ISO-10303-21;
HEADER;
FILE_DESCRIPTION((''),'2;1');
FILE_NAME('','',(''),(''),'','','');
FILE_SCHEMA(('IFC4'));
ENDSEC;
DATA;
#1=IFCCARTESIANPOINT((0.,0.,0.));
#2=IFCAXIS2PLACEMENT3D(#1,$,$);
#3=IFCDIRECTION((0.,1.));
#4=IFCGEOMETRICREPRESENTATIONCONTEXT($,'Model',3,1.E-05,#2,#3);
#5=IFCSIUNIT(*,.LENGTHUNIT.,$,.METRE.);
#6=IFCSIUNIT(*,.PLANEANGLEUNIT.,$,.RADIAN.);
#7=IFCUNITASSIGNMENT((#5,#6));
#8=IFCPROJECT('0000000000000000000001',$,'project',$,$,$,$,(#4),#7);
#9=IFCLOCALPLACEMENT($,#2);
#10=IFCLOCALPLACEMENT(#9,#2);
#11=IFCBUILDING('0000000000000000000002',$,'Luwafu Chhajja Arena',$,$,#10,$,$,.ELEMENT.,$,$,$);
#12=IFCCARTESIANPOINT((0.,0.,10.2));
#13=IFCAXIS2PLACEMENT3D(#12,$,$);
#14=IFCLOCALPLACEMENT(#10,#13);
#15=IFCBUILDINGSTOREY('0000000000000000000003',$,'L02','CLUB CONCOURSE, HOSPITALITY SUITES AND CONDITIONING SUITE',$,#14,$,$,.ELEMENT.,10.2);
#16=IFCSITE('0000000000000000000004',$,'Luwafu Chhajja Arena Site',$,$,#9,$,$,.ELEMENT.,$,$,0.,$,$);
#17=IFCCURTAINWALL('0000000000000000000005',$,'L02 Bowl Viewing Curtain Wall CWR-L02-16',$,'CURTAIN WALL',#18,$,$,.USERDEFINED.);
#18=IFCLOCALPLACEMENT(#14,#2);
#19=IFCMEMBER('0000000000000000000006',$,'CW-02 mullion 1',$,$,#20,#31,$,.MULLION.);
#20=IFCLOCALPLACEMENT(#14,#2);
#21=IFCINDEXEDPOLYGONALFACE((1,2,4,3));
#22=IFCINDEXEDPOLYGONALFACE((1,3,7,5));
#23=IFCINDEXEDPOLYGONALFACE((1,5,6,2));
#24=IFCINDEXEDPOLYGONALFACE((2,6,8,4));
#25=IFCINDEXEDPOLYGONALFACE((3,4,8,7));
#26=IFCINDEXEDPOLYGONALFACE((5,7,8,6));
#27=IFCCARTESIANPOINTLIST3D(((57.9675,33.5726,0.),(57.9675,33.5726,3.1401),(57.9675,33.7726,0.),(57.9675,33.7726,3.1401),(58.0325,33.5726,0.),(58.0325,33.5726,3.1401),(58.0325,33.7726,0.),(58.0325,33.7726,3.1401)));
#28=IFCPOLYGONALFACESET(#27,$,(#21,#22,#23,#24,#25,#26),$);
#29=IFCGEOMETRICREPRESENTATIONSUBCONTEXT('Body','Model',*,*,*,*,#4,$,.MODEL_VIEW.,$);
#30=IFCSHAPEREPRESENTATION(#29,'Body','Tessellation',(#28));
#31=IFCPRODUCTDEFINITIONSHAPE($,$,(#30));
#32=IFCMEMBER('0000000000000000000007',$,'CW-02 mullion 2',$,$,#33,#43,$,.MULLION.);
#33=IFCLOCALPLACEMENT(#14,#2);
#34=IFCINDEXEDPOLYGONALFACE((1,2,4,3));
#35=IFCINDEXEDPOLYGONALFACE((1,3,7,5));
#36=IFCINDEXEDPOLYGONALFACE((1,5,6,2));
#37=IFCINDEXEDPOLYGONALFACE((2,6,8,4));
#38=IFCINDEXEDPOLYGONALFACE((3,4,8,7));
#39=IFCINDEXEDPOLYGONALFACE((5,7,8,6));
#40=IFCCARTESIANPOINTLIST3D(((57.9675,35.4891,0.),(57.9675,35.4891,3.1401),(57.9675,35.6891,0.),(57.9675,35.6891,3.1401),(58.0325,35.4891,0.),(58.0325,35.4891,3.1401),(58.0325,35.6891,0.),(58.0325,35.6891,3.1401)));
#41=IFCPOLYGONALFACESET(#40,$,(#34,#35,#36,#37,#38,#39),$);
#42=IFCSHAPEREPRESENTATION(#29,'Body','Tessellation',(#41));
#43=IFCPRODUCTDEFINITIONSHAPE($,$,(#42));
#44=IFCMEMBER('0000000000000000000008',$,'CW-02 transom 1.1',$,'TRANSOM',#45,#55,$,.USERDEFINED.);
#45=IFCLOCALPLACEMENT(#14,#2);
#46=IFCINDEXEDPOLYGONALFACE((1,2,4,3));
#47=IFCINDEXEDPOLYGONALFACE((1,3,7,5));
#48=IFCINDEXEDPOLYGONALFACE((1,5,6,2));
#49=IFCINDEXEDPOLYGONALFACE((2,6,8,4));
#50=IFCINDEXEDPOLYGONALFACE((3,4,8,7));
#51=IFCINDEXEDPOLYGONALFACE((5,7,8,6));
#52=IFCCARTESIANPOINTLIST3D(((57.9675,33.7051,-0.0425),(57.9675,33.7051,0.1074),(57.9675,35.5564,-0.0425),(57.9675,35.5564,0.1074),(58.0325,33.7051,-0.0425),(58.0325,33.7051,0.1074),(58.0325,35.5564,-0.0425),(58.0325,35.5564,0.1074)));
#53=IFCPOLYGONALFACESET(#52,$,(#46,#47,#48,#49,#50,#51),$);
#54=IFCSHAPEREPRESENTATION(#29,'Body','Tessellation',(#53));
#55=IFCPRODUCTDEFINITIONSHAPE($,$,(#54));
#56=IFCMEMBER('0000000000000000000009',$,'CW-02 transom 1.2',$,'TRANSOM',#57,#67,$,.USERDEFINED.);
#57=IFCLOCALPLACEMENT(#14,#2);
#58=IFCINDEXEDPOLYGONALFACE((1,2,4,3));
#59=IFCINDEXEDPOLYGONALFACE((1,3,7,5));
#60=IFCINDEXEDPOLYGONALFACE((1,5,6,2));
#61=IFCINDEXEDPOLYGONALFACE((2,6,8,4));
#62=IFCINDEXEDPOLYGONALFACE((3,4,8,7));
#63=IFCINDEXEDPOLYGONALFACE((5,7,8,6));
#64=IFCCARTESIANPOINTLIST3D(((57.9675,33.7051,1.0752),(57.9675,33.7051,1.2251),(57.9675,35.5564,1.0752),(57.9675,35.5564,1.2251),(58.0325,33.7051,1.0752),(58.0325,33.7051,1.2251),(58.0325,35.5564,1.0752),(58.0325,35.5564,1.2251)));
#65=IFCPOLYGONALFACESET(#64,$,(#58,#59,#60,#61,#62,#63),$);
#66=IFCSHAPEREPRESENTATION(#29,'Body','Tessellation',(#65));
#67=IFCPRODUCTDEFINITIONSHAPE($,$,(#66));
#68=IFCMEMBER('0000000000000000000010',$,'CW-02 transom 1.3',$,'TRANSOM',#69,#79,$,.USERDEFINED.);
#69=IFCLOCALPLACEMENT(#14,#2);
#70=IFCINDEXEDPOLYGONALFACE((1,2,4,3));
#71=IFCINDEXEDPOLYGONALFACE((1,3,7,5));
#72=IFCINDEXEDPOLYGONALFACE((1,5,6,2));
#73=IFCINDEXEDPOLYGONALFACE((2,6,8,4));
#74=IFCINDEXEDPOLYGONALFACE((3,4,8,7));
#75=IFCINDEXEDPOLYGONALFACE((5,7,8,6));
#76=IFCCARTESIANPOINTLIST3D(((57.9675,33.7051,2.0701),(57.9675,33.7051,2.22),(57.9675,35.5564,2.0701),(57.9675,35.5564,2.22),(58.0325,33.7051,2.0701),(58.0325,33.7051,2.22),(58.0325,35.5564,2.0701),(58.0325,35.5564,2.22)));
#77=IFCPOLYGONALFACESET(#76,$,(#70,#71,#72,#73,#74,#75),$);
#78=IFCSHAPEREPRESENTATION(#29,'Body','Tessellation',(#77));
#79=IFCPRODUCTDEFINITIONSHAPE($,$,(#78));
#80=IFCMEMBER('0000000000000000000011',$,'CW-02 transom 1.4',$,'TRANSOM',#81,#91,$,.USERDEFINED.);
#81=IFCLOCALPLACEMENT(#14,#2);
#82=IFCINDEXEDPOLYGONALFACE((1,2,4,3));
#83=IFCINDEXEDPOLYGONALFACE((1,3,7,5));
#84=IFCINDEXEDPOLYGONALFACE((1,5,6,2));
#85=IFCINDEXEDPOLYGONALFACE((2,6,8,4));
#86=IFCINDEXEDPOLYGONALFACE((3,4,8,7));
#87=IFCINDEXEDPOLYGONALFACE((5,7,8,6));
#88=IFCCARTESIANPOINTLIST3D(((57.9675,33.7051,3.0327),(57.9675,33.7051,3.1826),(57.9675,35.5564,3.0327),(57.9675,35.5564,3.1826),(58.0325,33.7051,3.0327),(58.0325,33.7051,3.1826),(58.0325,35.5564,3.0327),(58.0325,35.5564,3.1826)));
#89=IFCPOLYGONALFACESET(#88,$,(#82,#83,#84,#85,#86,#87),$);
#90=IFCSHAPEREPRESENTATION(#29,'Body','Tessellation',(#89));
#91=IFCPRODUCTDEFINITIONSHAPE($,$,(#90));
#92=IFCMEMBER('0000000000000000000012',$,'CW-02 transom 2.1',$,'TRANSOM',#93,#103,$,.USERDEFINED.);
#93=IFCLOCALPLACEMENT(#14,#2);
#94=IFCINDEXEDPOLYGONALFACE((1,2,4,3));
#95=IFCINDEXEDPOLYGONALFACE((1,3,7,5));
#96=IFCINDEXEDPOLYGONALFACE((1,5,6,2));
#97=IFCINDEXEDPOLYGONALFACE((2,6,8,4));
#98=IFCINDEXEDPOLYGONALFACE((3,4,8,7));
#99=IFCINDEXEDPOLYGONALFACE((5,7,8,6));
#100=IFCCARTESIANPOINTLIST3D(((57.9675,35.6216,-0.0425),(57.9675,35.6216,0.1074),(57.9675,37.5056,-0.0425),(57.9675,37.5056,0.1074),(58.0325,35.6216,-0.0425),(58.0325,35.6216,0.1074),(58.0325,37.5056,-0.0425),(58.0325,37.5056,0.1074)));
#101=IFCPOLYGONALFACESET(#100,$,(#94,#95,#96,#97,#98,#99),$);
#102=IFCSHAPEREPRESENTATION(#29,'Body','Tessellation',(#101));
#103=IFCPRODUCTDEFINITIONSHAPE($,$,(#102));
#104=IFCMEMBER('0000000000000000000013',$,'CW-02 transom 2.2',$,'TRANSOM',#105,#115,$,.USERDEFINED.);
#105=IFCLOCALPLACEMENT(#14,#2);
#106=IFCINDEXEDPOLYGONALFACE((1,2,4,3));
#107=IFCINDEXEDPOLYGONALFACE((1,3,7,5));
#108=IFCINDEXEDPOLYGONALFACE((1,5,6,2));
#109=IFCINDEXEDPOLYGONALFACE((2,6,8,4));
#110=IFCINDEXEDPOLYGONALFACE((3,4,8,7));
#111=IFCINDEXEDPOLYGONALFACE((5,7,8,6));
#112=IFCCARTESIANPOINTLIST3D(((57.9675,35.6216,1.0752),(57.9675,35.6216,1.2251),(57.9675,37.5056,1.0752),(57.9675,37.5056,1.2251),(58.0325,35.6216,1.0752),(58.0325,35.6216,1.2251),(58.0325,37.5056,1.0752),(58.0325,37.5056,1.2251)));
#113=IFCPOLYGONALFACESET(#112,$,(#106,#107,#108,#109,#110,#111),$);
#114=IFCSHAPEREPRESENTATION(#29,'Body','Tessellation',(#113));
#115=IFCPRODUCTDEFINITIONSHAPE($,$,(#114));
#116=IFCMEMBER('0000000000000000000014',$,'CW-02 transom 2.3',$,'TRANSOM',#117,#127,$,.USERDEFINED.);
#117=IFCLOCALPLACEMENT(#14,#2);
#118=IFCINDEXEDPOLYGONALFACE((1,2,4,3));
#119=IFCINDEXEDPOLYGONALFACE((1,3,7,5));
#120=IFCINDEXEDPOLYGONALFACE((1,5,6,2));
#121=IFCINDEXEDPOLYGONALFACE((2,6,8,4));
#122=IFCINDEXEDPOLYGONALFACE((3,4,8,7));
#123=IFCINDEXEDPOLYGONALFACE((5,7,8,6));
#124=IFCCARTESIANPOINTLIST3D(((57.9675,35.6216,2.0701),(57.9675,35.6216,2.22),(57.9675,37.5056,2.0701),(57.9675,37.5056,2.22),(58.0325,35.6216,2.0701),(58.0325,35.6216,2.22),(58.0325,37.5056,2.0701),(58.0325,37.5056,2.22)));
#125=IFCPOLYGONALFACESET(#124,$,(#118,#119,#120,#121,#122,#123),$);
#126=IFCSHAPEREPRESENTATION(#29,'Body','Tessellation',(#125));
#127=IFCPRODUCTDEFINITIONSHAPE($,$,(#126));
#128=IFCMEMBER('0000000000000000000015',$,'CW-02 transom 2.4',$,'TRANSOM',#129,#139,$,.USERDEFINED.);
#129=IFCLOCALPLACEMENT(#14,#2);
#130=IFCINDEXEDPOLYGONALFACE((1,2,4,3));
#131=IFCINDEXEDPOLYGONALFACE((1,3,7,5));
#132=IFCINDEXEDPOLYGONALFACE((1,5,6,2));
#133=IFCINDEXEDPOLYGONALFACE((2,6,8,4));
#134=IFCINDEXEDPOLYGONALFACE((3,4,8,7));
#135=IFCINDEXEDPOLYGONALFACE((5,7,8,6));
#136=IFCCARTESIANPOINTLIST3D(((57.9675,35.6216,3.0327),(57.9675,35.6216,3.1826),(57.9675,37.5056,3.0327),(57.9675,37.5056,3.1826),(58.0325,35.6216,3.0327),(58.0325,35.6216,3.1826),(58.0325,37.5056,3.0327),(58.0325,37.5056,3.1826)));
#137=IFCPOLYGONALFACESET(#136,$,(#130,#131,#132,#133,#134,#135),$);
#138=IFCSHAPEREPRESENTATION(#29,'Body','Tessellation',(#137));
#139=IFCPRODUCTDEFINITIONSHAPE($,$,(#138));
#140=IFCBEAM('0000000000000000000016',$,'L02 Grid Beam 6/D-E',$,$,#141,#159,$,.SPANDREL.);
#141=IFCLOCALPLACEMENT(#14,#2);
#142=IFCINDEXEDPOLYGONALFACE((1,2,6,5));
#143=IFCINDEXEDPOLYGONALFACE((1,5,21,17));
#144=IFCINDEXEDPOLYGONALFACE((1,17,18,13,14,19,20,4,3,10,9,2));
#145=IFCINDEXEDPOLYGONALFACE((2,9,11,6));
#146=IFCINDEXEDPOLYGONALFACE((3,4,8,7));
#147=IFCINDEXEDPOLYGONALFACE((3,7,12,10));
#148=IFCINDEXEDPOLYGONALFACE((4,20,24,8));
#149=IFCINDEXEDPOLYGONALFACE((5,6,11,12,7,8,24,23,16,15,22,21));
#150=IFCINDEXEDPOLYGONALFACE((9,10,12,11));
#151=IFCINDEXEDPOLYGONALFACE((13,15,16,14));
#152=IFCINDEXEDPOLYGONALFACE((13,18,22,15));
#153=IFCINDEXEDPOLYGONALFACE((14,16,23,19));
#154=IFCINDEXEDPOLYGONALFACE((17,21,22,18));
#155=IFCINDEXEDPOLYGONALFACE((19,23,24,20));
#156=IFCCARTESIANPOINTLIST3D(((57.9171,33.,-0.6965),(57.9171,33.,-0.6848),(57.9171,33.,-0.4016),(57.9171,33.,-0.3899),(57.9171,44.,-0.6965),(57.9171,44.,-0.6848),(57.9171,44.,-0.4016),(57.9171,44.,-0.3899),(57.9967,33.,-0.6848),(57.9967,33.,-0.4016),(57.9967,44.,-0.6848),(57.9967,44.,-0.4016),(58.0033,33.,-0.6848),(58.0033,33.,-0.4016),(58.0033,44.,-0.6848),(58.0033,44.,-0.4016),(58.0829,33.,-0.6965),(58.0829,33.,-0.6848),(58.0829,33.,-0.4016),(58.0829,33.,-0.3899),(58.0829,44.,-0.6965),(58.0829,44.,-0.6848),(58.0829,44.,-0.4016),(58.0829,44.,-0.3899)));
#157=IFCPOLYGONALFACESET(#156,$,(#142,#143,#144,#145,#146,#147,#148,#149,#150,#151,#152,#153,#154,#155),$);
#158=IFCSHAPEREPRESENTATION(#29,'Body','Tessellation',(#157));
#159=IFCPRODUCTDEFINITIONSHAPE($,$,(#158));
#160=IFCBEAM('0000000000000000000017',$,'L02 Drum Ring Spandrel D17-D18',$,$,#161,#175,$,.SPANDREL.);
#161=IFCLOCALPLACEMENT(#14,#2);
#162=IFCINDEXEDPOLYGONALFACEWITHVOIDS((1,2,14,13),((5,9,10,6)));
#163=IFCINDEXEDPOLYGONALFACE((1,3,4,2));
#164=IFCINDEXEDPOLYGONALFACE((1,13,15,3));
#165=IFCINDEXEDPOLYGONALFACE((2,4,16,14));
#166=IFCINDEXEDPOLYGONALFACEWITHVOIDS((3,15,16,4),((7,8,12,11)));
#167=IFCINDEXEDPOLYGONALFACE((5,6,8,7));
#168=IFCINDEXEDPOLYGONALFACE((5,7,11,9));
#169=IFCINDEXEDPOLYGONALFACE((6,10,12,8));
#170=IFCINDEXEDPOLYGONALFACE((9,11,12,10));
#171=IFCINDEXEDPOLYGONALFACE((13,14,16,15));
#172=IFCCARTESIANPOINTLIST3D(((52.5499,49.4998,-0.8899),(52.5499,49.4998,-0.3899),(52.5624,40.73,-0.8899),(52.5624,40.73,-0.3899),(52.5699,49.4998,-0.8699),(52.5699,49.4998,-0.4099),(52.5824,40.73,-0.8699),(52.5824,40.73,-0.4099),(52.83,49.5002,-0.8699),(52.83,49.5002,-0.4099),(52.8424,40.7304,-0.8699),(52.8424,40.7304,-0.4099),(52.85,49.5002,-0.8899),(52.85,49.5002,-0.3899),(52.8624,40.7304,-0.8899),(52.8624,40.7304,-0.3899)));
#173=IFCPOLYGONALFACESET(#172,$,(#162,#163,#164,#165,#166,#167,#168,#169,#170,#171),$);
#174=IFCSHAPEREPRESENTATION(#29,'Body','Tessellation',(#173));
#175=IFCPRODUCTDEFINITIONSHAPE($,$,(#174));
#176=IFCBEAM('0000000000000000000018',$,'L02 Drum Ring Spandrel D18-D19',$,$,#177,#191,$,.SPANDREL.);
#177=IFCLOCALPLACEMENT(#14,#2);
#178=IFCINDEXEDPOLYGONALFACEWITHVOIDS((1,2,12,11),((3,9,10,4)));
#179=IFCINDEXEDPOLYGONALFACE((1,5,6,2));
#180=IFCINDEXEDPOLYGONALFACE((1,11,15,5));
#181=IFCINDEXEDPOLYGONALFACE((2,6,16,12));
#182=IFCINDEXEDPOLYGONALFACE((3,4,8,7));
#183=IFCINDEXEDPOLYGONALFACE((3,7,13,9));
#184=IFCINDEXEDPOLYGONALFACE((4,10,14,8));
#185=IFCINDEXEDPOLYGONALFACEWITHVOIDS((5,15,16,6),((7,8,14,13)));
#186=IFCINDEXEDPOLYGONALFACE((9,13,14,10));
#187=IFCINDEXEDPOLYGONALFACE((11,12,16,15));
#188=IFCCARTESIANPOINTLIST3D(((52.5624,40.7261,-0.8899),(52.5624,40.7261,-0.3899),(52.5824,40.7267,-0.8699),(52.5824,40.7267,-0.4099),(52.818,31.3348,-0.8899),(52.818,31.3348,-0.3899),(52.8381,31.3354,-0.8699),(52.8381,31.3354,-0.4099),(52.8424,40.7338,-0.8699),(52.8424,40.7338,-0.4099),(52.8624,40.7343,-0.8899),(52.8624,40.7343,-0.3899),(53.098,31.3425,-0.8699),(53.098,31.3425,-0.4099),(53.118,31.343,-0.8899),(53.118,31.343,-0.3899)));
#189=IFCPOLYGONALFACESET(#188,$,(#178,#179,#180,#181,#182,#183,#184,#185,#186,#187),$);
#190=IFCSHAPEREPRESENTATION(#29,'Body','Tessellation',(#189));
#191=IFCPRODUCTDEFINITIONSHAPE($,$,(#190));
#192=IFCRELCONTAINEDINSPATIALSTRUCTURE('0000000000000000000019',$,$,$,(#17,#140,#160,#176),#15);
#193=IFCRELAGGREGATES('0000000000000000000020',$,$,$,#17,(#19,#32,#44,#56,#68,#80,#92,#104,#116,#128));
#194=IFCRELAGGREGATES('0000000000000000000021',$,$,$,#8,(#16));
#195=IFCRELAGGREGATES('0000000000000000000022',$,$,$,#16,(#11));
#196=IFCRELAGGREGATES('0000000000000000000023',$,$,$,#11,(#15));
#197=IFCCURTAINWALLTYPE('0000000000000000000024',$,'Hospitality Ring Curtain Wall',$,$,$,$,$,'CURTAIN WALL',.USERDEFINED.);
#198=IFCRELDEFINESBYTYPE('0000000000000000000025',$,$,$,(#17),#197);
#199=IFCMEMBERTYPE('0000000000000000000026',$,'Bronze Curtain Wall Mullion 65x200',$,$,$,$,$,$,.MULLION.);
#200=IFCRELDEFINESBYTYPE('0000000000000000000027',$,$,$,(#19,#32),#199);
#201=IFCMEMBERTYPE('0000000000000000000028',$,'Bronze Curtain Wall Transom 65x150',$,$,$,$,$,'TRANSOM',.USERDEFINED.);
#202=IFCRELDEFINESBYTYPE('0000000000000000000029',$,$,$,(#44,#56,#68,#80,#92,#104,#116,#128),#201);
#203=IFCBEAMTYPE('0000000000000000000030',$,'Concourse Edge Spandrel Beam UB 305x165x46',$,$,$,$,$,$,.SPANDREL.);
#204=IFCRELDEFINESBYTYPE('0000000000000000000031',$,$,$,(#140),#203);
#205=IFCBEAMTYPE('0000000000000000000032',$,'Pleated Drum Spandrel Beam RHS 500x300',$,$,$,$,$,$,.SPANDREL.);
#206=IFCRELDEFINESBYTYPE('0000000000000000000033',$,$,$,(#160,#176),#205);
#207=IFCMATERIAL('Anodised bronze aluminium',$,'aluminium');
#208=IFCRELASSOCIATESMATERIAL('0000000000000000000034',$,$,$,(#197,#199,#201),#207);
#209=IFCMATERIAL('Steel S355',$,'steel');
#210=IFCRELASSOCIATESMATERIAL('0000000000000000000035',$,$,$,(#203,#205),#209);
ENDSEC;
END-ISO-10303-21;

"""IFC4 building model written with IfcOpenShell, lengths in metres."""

from ifc_helpers import new_model, si_unit, direction, frame, origin, origin_2d, place, context, subcontext, project, spatial, rectangle, hollow_rectangle, i_section, extrude, material, material_profile, profile_set, type_object, element, aggregate, save


model = new_model("IFC4")

# Units and contexts
model_context = context("Model", 3, precision=1e-05, world=origin(), true_north=direction((0.0, 1.0)))
body_context = subcontext(model_context, "Body", "Model", "MODEL_VIEW")
ifc_project = project(units=[si_unit("LENGTHUNIT", "METRE"), si_unit("PLANEANGLEUNIT", "RADIAN")], contexts=[model_context])

# Site, building, storey
site_placement = place(None, origin())
site = spatial("IfcSite", under=ifc_project, at=site_placement, Name="Luwafu Chhajja Arena Site", CompositionType="ELEMENT", RefElevation=0.0)
building_placement = place(site_placement, origin())
building = spatial("IfcBuilding", under=site, at=building_placement, Name="Luwafu Chhajja Arena", CompositionType="ELEMENT")
storey_placement = place(building_placement, frame((0.0, 0.0, 10.2)))
storey = spatial("IfcBuildingStorey", under=building, at=storey_placement, Name="L02", Description="CLUB CONCOURSE, HOSPITALITY SUITES AND CONDITIONING SUITE", CompositionType="ELEMENT", Elevation=10.2)

# Shared definitions
ifc_material_1 = material(Name="Steel S355", Category="steel")

# Shared definitions
ifc_material_2 = material(Name="Anodised bronze aluminium", Category="aluminium")
curtain_wall_type = type_object("IfcCurtainWallType", Name="Hospitality Ring Curtain Wall", ElementType="CURTAIN WALL", PredefinedType="USERDEFINED", material=ifc_material_2)
ifc_material_profile_1 = material_profile(ifc_material_2, rectangle(XDim=0.0649, YDim=0.2, at=origin_2d()), Name="CWM 65x200")
ifc_profile_set_1 = profile_set([ifc_material_profile_1], Name="Anodised bronze aluminium")
member_type_1 = type_object("IfcMemberType", Name="Bronze Curtain Wall Mullion 65x200", PredefinedType="MULLION", material=ifc_profile_set_1)

# Curtain wall, members
curtain_wall_1_placement = place(storey_placement, origin())
curtain_wall_1 = element("IfcCurtainWall", 1, at=curtain_wall_1_placement, inside=storey, type_object=curtain_wall_type, Name="L02 Bowl Viewing Curtain Wall CWR-L02-16", ObjectType="CURTAIN WALL", PredefinedType="USERDEFINED")
member_1_placement = place(storey_placement, frame((58.0, 33.6726, 0.0), z_axis=(0.0, 0.0, 1.0), x_axis=(-1.0, 0.0, 0.0)))
member_1 = element("IfcMember", 2, at=member_1_placement, type_object=member_type_1, Name="CW-02 mullion 1", PredefinedType="MULLION", context=body_context, shape_type="SweptSolid", body=[
    extrude(rectangle(XDim=0.0649, YDim=0.2, at=origin_2d()), origin(), (0.0, 0.0, 1.0), 3.1401),
])
member_2_placement = place(storey_placement, frame((58.0, 35.5891, 0.0), z_axis=(0.0, 0.0, 1.0), x_axis=(-1.0, 0.0, 0.0)))
member_2 = element("IfcMember", 3, at=member_2_placement, type_object=member_type_1, Name="CW-02 mullion 2", PredefinedType="MULLION", context=body_context, shape_type="SweptSolid", body=[
    extrude(rectangle(XDim=0.0649, YDim=0.2, at=origin_2d()), origin(), (0.0, 0.0, 1.0), 3.1401),
])
ifc_material_profile_2 = material_profile(ifc_material_2, rectangle(XDim=0.0649, YDim=0.1499, at=origin_2d()), Name="CWT 65x150")
ifc_profile_set_2 = profile_set([ifc_material_profile_2], Name="Anodised bronze aluminium")
member_type_2 = type_object("IfcMemberType", Name="Bronze Curtain Wall Transom 65x150", ElementType="TRANSOM", PredefinedType="USERDEFINED", material=ifc_profile_set_2)
member_3_placement = place(storey_placement, frame((58.0, 33.7051, 0.0325), z_axis=(0.0, 1.0, 0.0), x_axis=(-1.0, 0.0, 0.0)))
member_3 = element("IfcMember", 4, at=member_3_placement, type_object=member_type_2, Name="CW-02 transom 1.1", ObjectType="TRANSOM", PredefinedType="USERDEFINED", context=body_context, shape_type="SweptSolid", body=[
    extrude(rectangle(XDim=0.0649, YDim=0.1499, at=origin_2d()), origin(), (0.0, 0.0, 1.0), 1.8513),
])
member_4_placement = place(storey_placement, frame((58.0, 33.7051, 1.1501), z_axis=(0.0, 1.0, 0.0), x_axis=(-1.0, 0.0, 0.0)))
member_4 = element("IfcMember", 5, at=member_4_placement, type_object=member_type_2, Name="CW-02 transom 1.2", ObjectType="TRANSOM", PredefinedType="USERDEFINED", context=body_context, shape_type="SweptSolid", body=[
    extrude(rectangle(XDim=0.0649, YDim=0.1499, at=origin_2d()), origin(), (0.0, 0.0, 1.0), 1.8513),
])
member_5_placement = place(storey_placement, frame((58.0, 33.7051, 2.145), z_axis=(0.0, 1.0, 0.0), x_axis=(-1.0, 0.0, 0.0)))
member_5 = element("IfcMember", 6, at=member_5_placement, type_object=member_type_2, Name="CW-02 transom 1.3", ObjectType="TRANSOM", PredefinedType="USERDEFINED", context=body_context, shape_type="SweptSolid", body=[
    extrude(rectangle(XDim=0.0649, YDim=0.1499, at=origin_2d()), origin(), (0.0, 0.0, 1.0), 1.8513),
])
member_6_placement = place(storey_placement, frame((58.0, 33.7051, 3.1077), z_axis=(0.0, 1.0, 0.0), x_axis=(-1.0, 0.0, 0.0)))
member_6 = element("IfcMember", 7, at=member_6_placement, type_object=member_type_2, Name="CW-02 transom 1.4", ObjectType="TRANSOM", PredefinedType="USERDEFINED", context=body_context, shape_type="SweptSolid", body=[
    extrude(rectangle(XDim=0.0649, YDim=0.1499, at=origin_2d()), origin(), (0.0, 0.0, 1.0), 1.8513),
])
member_7_placement = place(storey_placement, frame((58.0, 35.6216, 0.0325), z_axis=(0.0, 1.0, 0.0), x_axis=(-1.0, 0.0, 0.0)))
member_7 = element("IfcMember", 8, at=member_7_placement, type_object=member_type_2, Name="CW-02 transom 2.1", ObjectType="TRANSOM", PredefinedType="USERDEFINED", context=body_context, shape_type="SweptSolid", body=[
    extrude(rectangle(XDim=0.0649, YDim=0.1499, at=origin_2d()), origin(), (0.0, 0.0, 1.0), 1.884),
])
member_8_placement = place(storey_placement, frame((58.0, 35.6216, 1.1501), z_axis=(0.0, 1.0, 0.0), x_axis=(-1.0, 0.0, 0.0)))
member_8 = element("IfcMember", 9, at=member_8_placement, type_object=member_type_2, Name="CW-02 transom 2.2", ObjectType="TRANSOM", PredefinedType="USERDEFINED", context=body_context, shape_type="SweptSolid", body=[
    extrude(rectangle(XDim=0.0649, YDim=0.1499, at=origin_2d()), origin(), (0.0, 0.0, 1.0), 1.884),
])
member_9_placement = place(storey_placement, frame((58.0, 35.6216, 2.145), z_axis=(0.0, 1.0, 0.0), x_axis=(-1.0, 0.0, 0.0)))
member_9 = element("IfcMember", 10, at=member_9_placement, type_object=member_type_2, Name="CW-02 transom 2.3", ObjectType="TRANSOM", PredefinedType="USERDEFINED", context=body_context, shape_type="SweptSolid", body=[
    extrude(rectangle(XDim=0.0649, YDim=0.1499, at=origin_2d()), origin(), (0.0, 0.0, 1.0), 1.884),
])
member_10_placement = place(storey_placement, frame((58.0, 35.6216, 3.1077), z_axis=(0.0, 1.0, 0.0), x_axis=(-1.0, 0.0, 0.0)))
member_10 = element("IfcMember", 11, at=member_10_placement, type_object=member_type_2, Name="CW-02 transom 2.4", ObjectType="TRANSOM", PredefinedType="USERDEFINED", context=body_context, shape_type="SweptSolid", body=[
    extrude(rectangle(XDim=0.0649, YDim=0.1499, at=origin_2d()), origin(), (0.0, 0.0, 1.0), 1.884),
])

# Beams
ifc_material_profile_3 = material_profile(ifc_material_1, i_section(OverallWidth=0.1658, OverallDepth=0.3066, WebThickness=0.0066, FlangeThickness=0.0117, at=origin_2d()), Name="UB 305x165x46")
ifc_profile_set_3 = profile_set([ifc_material_profile_3], Name="Steel S355")
beam_type_1 = type_object("IfcBeamType", Name="Concourse Edge Spandrel Beam UB 305x165x46", PredefinedType="SPANDREL", material=ifc_profile_set_3)
beam_1_placement = place(storey_placement, frame((58.0, 33.0, -0.5432), z_axis=(0.0, 1.0, 0.0), x_axis=(-1.0, 0.0, 0.0)))
element("IfcBeam", 12, at=beam_1_placement, inside=storey, type_object=beam_type_1, Name="L02 Grid Beam 6/D-E", PredefinedType="SPANDREL", context=body_context, shape_type="SweptSolid", body=[
    extrude(i_section(OverallWidth=0.1658, OverallDepth=0.3066, WebThickness=0.0066, FlangeThickness=0.0117, at=origin_2d()), origin(), (0.0, 0.0, 1.0), 11.0),
])
ifc_material_profile_4 = material_profile(ifc_material_1, hollow_rectangle(XDim=0.3, YDim=0.5, WallThickness=0.02, at=origin_2d()), Name="RHS 500x300x20")
ifc_profile_set_4 = profile_set([ifc_material_profile_4], Name="Steel S355")
beam_type_2 = type_object("IfcBeamType", Name="Pleated Drum Spandrel Beam RHS 500x300", PredefinedType="SPANDREL", material=ifc_profile_set_4)
beam_2_placement = place(storey_placement, frame((52.7, 49.5, -0.6399), z_axis=(0.00142, -0.999999, 0.0), x_axis=(0.999999, 0.00142, 0.0)))
element("IfcBeam", 13, at=beam_2_placement, inside=storey, type_object=beam_type_2, Name="L02 Drum Ring Spandrel D17-D18", PredefinedType="SPANDREL", context=body_context, shape_type="SweptSolid", body=[
    extrude(hollow_rectangle(XDim=0.3, YDim=0.5, WallThickness=0.02, at=origin_2d()), origin(), (0.0, 0.0, 1.0), 8.7698),
])
beam_3_placement = place(storey_placement, frame((52.7124, 40.7302, -0.6399), z_axis=(0.027208, -0.99963, 0.0), x_axis=(0.99963, 0.027208, 0.0)))
element("IfcBeam", 14, at=beam_3_placement, inside=storey, type_object=beam_type_2, Name="L02 Drum Ring Spandrel D18-D19", PredefinedType="SPANDREL", context=body_context, shape_type="SweptSolid", body=[
    extrude(hollow_rectangle(XDim=0.3, YDim=0.5, WallThickness=0.02, at=origin_2d()), origin(), (0.0, 0.0, 1.0), 9.3948),
])

aggregate(curtain_wall_1, [member_1, member_2, member_3, member_4, member_5, member_6, member_7, member_8, member_9, member_10])

save(model, "model.ifc")
